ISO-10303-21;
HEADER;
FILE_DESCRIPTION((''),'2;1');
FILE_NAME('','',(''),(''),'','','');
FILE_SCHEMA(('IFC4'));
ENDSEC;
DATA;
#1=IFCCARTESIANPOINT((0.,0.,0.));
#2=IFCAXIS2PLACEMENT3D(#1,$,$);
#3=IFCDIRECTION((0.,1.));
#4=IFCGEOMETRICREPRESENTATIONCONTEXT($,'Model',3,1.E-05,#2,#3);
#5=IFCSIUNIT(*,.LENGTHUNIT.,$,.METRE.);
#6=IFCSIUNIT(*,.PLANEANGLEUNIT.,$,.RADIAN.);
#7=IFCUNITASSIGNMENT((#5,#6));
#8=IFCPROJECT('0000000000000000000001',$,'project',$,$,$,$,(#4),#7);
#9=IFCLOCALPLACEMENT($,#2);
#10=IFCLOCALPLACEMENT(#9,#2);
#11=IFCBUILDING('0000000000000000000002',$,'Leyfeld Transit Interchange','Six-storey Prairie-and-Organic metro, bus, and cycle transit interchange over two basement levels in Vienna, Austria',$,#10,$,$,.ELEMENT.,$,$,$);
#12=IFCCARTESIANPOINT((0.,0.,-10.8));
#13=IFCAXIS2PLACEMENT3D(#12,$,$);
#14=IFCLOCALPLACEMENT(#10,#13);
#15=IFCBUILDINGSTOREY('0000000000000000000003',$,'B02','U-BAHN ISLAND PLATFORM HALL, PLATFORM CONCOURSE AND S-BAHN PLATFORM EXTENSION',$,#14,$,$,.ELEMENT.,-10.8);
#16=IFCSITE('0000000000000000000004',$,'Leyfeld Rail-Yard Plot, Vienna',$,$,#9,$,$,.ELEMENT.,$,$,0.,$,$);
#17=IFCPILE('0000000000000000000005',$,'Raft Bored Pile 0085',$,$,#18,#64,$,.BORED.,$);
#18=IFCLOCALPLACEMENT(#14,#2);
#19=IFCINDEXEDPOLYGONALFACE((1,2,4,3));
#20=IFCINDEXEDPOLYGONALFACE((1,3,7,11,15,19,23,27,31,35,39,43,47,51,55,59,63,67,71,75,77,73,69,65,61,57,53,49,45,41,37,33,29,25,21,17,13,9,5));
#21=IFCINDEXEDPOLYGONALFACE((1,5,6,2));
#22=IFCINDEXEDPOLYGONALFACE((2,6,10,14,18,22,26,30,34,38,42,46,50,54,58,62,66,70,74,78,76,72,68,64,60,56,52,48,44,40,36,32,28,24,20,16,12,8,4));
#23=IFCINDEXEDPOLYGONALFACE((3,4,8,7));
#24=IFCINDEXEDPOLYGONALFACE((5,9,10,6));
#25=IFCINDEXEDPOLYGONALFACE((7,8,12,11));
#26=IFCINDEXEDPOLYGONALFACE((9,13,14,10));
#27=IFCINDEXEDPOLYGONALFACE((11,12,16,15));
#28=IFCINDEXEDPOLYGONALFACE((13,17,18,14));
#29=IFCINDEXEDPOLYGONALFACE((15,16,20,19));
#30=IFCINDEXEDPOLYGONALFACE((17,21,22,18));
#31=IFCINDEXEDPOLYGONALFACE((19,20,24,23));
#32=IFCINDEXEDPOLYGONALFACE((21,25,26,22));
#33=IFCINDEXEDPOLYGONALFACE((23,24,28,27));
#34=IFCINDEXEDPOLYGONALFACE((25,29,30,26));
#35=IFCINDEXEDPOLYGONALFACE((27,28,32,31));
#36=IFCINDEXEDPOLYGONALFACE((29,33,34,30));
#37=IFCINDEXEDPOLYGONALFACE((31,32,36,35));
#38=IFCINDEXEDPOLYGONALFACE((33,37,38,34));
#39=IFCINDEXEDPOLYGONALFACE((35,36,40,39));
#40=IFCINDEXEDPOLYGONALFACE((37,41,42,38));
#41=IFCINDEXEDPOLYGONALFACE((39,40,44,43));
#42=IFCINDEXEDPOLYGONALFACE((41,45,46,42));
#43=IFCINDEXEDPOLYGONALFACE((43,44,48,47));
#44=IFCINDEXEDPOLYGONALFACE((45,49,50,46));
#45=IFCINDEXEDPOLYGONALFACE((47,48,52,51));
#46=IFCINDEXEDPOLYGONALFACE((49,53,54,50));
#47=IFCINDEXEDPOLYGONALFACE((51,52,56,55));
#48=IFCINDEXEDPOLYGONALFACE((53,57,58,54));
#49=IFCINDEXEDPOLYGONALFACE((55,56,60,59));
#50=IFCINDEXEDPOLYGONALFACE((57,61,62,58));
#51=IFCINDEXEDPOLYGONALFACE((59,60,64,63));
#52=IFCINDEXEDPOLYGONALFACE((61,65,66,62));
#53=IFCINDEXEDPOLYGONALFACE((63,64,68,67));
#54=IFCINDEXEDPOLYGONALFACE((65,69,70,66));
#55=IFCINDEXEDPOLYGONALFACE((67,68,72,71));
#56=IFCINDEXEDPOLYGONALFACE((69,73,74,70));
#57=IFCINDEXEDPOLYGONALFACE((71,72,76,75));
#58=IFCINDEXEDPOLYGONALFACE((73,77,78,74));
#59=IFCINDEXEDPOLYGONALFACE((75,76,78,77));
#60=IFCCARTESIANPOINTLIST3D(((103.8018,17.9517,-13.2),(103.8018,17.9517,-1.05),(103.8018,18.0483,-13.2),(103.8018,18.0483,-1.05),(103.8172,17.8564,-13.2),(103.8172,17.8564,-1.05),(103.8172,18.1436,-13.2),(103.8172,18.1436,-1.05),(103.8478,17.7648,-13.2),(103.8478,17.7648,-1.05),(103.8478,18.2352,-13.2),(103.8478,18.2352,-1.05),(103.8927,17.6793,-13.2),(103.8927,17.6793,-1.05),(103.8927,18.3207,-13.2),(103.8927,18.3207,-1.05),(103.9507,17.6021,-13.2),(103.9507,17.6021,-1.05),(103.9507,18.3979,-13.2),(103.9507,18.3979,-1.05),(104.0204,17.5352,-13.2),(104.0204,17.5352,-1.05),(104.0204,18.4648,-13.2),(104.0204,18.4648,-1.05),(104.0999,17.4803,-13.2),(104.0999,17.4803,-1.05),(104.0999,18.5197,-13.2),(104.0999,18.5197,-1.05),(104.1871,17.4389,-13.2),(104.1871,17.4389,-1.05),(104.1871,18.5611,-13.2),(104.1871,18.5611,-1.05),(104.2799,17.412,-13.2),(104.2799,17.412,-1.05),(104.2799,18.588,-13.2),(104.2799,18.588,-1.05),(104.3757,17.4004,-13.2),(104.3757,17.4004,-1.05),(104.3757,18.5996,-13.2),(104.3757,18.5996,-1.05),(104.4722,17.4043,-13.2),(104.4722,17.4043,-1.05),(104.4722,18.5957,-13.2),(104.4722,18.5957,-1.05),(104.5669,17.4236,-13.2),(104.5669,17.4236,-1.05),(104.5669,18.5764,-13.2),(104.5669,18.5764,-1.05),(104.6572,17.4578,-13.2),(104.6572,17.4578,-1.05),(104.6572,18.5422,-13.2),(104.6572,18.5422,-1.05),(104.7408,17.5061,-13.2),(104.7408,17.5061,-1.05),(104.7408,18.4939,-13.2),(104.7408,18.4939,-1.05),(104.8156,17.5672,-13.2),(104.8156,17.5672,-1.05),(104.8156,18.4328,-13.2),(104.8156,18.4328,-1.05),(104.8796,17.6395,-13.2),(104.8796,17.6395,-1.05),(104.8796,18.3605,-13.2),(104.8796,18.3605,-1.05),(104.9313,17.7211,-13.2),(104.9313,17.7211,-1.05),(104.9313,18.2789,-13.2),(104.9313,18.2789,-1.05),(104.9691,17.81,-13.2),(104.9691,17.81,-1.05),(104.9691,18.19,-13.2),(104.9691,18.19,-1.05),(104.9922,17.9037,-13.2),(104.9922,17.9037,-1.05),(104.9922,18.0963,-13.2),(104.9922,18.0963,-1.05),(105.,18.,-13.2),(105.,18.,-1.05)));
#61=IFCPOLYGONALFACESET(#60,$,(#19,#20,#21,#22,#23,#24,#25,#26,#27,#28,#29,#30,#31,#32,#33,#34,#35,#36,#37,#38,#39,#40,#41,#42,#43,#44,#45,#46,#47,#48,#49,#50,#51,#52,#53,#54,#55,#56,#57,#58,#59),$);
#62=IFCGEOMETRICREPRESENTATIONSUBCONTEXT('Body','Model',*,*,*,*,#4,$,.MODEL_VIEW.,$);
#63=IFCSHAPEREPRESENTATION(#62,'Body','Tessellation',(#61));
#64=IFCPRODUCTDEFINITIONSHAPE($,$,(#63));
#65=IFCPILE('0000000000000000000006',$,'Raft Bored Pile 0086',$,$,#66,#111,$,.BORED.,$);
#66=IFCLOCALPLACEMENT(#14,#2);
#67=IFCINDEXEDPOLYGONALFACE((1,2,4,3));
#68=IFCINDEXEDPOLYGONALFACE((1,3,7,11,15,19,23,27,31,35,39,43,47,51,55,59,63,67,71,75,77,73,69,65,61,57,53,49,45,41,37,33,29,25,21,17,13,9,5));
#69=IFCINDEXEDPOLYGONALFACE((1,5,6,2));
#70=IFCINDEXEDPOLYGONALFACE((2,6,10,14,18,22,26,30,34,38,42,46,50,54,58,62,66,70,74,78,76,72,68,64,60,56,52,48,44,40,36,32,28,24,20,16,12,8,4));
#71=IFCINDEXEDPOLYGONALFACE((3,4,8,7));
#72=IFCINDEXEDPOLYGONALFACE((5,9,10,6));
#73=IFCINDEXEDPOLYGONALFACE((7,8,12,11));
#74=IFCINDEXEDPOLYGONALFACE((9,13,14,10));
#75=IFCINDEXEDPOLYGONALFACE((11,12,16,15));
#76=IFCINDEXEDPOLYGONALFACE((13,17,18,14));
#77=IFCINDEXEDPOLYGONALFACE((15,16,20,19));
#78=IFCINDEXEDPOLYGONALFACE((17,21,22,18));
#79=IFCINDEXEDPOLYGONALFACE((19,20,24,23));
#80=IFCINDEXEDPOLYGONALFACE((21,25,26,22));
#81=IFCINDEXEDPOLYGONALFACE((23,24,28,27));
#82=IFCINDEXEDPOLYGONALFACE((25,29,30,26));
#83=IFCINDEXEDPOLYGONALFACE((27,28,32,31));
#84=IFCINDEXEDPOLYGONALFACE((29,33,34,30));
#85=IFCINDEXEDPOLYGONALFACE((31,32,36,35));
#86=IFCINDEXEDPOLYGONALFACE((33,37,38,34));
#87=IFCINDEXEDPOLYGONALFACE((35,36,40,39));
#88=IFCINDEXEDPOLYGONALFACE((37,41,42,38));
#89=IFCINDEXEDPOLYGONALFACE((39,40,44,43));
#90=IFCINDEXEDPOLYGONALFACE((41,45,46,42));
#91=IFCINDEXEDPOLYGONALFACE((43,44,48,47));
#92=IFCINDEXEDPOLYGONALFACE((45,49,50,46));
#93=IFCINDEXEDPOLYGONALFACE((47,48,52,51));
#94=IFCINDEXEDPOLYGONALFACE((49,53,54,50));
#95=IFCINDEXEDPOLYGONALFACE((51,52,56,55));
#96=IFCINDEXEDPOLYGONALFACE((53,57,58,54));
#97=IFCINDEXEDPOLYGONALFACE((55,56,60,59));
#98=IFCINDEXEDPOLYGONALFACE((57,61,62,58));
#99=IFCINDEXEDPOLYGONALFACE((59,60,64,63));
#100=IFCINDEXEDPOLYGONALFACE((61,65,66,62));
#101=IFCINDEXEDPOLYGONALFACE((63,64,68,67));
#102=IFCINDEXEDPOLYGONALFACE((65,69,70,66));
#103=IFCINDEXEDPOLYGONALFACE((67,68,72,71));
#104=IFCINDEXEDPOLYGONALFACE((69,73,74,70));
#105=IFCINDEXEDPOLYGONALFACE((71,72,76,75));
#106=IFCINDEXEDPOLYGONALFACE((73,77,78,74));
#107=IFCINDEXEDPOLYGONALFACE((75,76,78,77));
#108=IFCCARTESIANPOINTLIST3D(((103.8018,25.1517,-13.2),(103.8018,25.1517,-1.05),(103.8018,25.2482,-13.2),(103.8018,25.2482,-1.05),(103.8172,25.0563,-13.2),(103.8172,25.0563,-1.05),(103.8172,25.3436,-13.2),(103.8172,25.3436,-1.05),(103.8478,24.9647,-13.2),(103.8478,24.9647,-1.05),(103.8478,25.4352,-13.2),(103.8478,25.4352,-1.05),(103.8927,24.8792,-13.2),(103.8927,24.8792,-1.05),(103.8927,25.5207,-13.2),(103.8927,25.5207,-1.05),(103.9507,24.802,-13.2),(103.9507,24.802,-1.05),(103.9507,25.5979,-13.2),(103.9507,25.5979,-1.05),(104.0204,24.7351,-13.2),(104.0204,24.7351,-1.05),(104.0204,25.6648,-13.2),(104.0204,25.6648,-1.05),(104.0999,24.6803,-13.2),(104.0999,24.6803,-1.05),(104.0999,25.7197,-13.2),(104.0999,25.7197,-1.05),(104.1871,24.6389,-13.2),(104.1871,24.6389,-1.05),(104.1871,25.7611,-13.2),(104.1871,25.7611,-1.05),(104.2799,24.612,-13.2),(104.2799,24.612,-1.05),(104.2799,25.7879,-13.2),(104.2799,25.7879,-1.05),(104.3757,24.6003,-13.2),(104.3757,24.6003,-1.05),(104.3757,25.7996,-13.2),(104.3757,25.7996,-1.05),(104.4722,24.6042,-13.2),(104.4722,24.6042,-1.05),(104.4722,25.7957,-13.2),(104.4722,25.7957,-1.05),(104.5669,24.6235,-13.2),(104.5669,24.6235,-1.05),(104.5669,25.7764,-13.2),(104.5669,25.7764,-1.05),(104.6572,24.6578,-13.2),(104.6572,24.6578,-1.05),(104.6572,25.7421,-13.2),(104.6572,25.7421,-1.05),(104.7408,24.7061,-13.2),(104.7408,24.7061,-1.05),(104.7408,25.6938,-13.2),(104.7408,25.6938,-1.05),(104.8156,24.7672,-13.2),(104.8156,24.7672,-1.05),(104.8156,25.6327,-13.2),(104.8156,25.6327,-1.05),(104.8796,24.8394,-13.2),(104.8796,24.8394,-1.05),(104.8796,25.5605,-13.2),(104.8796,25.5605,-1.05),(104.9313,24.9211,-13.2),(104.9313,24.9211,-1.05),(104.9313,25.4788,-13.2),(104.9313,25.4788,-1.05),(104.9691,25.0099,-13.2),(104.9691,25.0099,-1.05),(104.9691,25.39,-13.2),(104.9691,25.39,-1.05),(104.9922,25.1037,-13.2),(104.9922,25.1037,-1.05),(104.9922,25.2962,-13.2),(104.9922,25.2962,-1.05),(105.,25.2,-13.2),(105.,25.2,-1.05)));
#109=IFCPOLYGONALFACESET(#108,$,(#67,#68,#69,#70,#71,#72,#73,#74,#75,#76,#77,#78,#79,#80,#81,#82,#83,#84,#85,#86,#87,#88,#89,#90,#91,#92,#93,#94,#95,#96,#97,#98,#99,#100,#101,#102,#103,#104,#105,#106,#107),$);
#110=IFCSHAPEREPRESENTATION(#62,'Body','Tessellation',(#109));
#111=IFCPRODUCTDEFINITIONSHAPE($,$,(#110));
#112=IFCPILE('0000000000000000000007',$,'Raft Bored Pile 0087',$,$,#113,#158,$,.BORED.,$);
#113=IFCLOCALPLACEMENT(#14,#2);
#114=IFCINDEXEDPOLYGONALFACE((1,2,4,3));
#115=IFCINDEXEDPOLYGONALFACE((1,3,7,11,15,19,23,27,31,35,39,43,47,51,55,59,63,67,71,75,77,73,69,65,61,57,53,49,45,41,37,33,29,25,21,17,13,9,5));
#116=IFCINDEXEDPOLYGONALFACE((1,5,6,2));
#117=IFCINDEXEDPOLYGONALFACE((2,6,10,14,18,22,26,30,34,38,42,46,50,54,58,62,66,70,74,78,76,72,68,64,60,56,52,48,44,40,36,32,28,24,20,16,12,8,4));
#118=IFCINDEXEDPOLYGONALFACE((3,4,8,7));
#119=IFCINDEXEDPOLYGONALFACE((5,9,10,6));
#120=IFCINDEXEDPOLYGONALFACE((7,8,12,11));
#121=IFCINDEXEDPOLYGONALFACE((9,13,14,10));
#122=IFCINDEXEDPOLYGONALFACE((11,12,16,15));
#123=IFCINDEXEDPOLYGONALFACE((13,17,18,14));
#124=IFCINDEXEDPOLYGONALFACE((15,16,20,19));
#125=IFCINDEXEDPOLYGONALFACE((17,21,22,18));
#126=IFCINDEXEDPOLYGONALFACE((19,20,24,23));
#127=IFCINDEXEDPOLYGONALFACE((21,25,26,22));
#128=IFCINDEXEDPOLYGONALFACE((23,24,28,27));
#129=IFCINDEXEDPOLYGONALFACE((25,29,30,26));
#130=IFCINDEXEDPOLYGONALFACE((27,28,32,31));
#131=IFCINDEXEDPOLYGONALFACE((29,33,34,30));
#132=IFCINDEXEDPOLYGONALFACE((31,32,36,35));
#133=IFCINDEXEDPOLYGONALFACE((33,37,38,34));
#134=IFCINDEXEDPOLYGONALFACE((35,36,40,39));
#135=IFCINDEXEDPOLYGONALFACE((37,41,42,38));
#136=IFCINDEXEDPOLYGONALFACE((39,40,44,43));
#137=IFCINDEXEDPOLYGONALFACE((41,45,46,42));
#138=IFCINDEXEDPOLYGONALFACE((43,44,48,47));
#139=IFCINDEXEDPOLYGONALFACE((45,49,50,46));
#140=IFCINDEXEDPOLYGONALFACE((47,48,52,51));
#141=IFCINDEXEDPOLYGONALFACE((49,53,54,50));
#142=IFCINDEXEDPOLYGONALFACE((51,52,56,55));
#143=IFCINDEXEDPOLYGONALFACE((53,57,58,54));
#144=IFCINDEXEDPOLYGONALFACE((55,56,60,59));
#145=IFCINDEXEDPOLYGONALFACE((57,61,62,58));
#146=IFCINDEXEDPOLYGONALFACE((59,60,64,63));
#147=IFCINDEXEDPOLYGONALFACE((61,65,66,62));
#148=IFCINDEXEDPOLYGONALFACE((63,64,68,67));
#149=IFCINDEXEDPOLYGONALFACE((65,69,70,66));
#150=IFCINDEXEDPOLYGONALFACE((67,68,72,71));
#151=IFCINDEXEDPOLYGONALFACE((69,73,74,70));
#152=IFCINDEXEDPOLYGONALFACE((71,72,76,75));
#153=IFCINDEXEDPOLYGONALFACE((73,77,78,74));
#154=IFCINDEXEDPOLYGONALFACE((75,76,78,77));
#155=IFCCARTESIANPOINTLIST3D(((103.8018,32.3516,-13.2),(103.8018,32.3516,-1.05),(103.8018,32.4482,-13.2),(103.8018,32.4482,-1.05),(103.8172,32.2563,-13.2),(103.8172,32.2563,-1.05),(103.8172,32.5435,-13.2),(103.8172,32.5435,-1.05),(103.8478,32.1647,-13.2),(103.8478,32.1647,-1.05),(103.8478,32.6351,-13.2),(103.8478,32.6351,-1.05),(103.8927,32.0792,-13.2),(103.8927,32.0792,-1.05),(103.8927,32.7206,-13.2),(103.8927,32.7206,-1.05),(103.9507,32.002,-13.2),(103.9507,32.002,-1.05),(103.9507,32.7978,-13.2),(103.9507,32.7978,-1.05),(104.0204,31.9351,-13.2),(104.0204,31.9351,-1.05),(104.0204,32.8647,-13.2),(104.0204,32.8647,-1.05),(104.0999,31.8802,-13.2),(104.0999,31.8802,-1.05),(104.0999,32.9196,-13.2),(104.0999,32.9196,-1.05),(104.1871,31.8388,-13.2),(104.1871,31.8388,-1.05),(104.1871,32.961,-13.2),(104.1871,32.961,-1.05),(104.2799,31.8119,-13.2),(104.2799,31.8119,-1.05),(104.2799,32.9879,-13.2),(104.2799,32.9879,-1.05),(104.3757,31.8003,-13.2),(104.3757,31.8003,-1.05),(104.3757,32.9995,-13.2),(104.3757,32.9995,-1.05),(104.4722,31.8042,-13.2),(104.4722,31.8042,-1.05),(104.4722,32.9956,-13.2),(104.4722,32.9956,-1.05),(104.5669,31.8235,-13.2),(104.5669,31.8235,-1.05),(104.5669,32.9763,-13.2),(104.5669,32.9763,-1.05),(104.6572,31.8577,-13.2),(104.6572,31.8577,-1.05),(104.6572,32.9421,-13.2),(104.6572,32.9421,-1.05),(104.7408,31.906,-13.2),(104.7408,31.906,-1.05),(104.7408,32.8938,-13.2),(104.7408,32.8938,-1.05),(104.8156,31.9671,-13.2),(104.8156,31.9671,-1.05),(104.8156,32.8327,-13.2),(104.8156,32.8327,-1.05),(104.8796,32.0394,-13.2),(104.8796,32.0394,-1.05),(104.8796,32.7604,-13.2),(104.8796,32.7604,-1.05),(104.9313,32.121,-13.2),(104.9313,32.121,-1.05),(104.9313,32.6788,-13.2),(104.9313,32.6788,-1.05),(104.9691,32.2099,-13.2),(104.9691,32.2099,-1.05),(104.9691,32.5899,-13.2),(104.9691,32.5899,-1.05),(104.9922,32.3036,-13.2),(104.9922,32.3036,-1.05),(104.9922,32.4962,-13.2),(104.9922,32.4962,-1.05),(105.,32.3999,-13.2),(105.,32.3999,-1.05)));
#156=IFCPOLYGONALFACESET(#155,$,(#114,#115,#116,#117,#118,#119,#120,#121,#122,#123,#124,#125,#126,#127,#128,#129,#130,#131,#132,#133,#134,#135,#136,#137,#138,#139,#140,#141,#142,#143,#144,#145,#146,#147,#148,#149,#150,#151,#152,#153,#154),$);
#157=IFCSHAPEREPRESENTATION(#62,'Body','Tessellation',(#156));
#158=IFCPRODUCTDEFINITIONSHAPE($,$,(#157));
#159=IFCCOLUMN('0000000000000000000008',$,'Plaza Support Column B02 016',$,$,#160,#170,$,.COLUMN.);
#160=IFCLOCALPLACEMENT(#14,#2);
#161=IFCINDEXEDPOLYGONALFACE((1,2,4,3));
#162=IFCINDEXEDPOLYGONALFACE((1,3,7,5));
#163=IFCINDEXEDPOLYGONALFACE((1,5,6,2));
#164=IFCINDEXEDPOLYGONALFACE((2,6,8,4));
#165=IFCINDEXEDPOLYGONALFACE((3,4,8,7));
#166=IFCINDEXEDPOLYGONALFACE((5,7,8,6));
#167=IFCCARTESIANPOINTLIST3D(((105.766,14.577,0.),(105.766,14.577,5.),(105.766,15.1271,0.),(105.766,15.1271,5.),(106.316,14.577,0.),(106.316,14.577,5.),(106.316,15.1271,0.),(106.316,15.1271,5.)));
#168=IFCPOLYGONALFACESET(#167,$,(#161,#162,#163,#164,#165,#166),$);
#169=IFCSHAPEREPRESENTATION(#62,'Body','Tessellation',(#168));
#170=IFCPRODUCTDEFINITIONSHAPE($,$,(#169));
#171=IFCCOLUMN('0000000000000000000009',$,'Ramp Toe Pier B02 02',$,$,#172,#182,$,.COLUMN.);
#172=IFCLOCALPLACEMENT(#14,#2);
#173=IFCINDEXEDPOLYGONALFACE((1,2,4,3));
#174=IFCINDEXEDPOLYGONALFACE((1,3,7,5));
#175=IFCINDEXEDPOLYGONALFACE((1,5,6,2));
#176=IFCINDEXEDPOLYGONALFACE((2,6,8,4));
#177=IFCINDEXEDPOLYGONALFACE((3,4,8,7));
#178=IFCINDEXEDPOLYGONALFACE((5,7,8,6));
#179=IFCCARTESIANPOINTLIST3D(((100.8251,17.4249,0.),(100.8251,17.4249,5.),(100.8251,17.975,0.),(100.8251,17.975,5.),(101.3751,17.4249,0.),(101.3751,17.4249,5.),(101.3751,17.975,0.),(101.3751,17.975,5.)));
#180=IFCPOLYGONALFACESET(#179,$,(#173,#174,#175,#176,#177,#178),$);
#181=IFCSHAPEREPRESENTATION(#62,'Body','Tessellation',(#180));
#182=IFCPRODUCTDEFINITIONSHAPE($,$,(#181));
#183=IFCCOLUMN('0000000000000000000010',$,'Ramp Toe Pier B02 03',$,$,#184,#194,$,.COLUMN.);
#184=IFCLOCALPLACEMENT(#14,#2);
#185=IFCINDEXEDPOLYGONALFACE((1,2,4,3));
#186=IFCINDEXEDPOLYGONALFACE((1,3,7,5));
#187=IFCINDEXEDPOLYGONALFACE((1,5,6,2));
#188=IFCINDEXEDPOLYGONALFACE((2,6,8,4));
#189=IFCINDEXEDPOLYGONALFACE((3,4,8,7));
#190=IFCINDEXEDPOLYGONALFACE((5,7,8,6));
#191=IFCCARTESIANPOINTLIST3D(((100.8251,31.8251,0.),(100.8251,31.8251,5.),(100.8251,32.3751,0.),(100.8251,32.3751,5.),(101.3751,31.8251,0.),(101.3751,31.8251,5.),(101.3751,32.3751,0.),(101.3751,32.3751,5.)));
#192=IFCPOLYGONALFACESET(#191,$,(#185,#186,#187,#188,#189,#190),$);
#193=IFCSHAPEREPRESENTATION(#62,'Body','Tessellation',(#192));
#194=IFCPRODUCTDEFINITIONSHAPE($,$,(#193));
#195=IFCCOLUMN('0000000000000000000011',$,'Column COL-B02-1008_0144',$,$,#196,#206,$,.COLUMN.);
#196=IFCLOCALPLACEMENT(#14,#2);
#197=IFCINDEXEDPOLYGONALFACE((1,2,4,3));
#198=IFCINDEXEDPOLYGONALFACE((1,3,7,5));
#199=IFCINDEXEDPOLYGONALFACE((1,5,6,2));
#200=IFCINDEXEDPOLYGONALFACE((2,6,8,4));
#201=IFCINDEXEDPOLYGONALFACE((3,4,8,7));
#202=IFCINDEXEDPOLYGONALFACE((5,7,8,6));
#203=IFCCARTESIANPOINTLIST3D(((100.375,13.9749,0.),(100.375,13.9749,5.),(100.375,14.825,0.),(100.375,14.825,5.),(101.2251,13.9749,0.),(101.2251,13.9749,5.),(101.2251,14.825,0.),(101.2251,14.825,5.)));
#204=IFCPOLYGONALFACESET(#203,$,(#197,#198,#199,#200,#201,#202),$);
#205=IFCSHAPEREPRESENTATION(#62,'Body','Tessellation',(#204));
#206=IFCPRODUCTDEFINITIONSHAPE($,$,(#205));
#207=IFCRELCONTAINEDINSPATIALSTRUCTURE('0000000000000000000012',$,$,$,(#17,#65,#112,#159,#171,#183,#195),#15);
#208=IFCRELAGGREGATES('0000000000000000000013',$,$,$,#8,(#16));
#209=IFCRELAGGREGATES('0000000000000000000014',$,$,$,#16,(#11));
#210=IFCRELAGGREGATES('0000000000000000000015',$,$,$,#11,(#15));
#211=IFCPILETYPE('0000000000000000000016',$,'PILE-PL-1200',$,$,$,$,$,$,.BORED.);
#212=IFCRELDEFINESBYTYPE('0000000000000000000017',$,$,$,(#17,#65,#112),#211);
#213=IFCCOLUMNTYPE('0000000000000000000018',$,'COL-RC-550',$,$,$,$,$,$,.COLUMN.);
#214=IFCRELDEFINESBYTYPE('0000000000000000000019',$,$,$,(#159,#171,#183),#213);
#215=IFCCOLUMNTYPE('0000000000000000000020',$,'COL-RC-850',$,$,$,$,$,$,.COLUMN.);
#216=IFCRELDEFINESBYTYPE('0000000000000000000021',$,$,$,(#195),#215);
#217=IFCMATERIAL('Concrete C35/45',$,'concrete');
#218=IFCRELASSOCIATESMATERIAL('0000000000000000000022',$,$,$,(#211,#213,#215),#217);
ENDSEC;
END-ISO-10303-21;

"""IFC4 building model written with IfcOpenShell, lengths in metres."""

from ifc_helpers import new_model, si_unit, direction, frame, origin, origin_2d, place, context, subcontext, project, spatial, rectangle, circle, extrude, material, material_profile, profile_set, type_object, element, save


model = new_model("IFC4")

# Units and contexts
model_context = context("Model", 3, precision=1e-05, world=origin(), true_north=direction((0.0, 1.0)))
body_context = subcontext(model_context, "Body", "Model", "MODEL_VIEW")
ifc_project = project(units=[si_unit("LENGTHUNIT", "METRE"), si_unit("PLANEANGLEUNIT", "RADIAN")], contexts=[model_context])

# Site, building, storey
site_placement = place(None, origin())
site = spatial("IfcSite", under=ifc_project, at=site_placement, Name="Leyfeld Rail-Yard Plot, Vienna", CompositionType="ELEMENT", RefElevation=0.0)
building_placement = place(site_placement, origin())
building = spatial("IfcBuilding", under=site, at=building_placement, Name="Leyfeld Transit Interchange", Description="Six-storey Prairie-and-Organic metro, bus, and cycle transit interchange over two basement levels in Vienna, Austria", CompositionType="ELEMENT")
storey_placement = place(building_placement, frame((0.0, 0.0, -10.8)))
storey = spatial("IfcBuildingStorey", under=building, at=storey_placement, Name="B02", Description="U-BAHN ISLAND PLATFORM HALL, PLATFORM CONCOURSE AND S-BAHN PLATFORM EXTENSION", CompositionType="ELEMENT", Elevation=-10.8)

# Shared definitions
ifc_material = material(Name="Concrete C35/45", Category="concrete")

# Piles
ifc_material_profile_1 = material_profile(ifc_material, circle(Radius=0.6001, at=origin_2d()), Name="PILE D1200")
ifc_profile_set_1 = profile_set([ifc_material_profile_1], Name="Concrete C35/45")
pile_type = type_object("IfcPileType", Name="PILE-PL-1200", PredefinedType="BORED", material=ifc_profile_set_1)
for number, where, z_axis, x_axis, name in (
    (1, (104.3999, 18.0, -1.05), (0.0, 0.0, -1.0), (1.0, 0.0, 0.0), "Raft Bored Pile 0085"),
    (2, (104.3999, 25.2, -1.05), (0.0, 0.0, -1.0), (1.0, 0.0, 0.0), "Raft Bored Pile 0086"),
    (3, (104.3999, 32.3999, -1.05), (0.0, 0.0, -1.0), (1.0, 0.0, 0.0), "Raft Bored Pile 0087"),
):
    element("IfcPile", number, at=place(storey_placement, frame(where, z_axis=z_axis, x_axis=x_axis)), inside=storey, type_object=pile_type, Name=name, PredefinedType="BORED", context=body_context, shape_type="SweptSolid", body=[
        extrude(circle(Radius=0.6001, at=origin_2d()), origin(), (0.0, 0.0, 1.0), 12.1499),
    ])

# Columns
ifc_material_profile_2 = material_profile(ifc_material, rectangle(XDim=0.55, YDim=0.55, at=origin_2d()), Name="RC 550x550")
ifc_profile_set_2 = profile_set([ifc_material_profile_2], Name="Concrete C35/45")
column_type_1 = type_object("IfcColumnType", Name="COL-RC-550", PredefinedType="COLUMN", material=ifc_profile_set_2)
for number, where, z_axis, x_axis, name in (
    (4, (106.041, 14.8521, 0.0), (0.0, 0.0, 1.0), (1.0, 0.0, 0.0), "Plaza Support Column B02 016"),
    (5, (101.1001, 17.7, 0.0), (0.0, 0.0, 1.0), (1.0, 0.0, 0.0), "Ramp Toe Pier B02 02"),
    (6, (101.1001, 32.1001, 0.0), (0.0, 0.0, 1.0), (1.0, 0.0, 0.0), "Ramp Toe Pier B02 03"),
):
    element("IfcColumn", number, at=place(storey_placement, frame(where, z_axis=z_axis, x_axis=x_axis)), inside=storey, type_object=column_type_1, Name=name, PredefinedType="COLUMN", context=body_context, shape_type="SweptSolid", body=[
        extrude(rectangle(XDim=0.55, YDim=0.55, at=origin_2d()), origin(), (0.0, 0.0, 1.0), 5.0),
    ])
ifc_material_profile_3 = material_profile(ifc_material, rectangle(XDim=0.8501, YDim=0.8501, at=origin_2d()), Name="RC 850x850")
ifc_profile_set_3 = profile_set([ifc_material_profile_3], Name="Concrete C35/45")
column_type_2 = type_object("IfcColumnType", Name="COL-RC-850", PredefinedType="COLUMN", material=ifc_profile_set_3)
for number, where, z_axis, x_axis, name in (
    (7, (100.8, 14.3999, 0.0), (0.0, 0.0, 1.0), (1.0, 0.0, 0.0), "Column COL-B02-1008_0144"),
):
    element("IfcColumn", number, at=place(storey_placement, frame(where, z_axis=z_axis, x_axis=x_axis)), inside=storey, type_object=column_type_2, Name=name, PredefinedType="COLUMN", context=body_context, shape_type="SweptSolid", body=[
        extrude(rectangle(XDim=0.8501, YDim=0.8501, at=origin_2d()), origin(), (0.0, 0.0, 1.0), 5.0),
    ])

save(model, "model.ifc")
